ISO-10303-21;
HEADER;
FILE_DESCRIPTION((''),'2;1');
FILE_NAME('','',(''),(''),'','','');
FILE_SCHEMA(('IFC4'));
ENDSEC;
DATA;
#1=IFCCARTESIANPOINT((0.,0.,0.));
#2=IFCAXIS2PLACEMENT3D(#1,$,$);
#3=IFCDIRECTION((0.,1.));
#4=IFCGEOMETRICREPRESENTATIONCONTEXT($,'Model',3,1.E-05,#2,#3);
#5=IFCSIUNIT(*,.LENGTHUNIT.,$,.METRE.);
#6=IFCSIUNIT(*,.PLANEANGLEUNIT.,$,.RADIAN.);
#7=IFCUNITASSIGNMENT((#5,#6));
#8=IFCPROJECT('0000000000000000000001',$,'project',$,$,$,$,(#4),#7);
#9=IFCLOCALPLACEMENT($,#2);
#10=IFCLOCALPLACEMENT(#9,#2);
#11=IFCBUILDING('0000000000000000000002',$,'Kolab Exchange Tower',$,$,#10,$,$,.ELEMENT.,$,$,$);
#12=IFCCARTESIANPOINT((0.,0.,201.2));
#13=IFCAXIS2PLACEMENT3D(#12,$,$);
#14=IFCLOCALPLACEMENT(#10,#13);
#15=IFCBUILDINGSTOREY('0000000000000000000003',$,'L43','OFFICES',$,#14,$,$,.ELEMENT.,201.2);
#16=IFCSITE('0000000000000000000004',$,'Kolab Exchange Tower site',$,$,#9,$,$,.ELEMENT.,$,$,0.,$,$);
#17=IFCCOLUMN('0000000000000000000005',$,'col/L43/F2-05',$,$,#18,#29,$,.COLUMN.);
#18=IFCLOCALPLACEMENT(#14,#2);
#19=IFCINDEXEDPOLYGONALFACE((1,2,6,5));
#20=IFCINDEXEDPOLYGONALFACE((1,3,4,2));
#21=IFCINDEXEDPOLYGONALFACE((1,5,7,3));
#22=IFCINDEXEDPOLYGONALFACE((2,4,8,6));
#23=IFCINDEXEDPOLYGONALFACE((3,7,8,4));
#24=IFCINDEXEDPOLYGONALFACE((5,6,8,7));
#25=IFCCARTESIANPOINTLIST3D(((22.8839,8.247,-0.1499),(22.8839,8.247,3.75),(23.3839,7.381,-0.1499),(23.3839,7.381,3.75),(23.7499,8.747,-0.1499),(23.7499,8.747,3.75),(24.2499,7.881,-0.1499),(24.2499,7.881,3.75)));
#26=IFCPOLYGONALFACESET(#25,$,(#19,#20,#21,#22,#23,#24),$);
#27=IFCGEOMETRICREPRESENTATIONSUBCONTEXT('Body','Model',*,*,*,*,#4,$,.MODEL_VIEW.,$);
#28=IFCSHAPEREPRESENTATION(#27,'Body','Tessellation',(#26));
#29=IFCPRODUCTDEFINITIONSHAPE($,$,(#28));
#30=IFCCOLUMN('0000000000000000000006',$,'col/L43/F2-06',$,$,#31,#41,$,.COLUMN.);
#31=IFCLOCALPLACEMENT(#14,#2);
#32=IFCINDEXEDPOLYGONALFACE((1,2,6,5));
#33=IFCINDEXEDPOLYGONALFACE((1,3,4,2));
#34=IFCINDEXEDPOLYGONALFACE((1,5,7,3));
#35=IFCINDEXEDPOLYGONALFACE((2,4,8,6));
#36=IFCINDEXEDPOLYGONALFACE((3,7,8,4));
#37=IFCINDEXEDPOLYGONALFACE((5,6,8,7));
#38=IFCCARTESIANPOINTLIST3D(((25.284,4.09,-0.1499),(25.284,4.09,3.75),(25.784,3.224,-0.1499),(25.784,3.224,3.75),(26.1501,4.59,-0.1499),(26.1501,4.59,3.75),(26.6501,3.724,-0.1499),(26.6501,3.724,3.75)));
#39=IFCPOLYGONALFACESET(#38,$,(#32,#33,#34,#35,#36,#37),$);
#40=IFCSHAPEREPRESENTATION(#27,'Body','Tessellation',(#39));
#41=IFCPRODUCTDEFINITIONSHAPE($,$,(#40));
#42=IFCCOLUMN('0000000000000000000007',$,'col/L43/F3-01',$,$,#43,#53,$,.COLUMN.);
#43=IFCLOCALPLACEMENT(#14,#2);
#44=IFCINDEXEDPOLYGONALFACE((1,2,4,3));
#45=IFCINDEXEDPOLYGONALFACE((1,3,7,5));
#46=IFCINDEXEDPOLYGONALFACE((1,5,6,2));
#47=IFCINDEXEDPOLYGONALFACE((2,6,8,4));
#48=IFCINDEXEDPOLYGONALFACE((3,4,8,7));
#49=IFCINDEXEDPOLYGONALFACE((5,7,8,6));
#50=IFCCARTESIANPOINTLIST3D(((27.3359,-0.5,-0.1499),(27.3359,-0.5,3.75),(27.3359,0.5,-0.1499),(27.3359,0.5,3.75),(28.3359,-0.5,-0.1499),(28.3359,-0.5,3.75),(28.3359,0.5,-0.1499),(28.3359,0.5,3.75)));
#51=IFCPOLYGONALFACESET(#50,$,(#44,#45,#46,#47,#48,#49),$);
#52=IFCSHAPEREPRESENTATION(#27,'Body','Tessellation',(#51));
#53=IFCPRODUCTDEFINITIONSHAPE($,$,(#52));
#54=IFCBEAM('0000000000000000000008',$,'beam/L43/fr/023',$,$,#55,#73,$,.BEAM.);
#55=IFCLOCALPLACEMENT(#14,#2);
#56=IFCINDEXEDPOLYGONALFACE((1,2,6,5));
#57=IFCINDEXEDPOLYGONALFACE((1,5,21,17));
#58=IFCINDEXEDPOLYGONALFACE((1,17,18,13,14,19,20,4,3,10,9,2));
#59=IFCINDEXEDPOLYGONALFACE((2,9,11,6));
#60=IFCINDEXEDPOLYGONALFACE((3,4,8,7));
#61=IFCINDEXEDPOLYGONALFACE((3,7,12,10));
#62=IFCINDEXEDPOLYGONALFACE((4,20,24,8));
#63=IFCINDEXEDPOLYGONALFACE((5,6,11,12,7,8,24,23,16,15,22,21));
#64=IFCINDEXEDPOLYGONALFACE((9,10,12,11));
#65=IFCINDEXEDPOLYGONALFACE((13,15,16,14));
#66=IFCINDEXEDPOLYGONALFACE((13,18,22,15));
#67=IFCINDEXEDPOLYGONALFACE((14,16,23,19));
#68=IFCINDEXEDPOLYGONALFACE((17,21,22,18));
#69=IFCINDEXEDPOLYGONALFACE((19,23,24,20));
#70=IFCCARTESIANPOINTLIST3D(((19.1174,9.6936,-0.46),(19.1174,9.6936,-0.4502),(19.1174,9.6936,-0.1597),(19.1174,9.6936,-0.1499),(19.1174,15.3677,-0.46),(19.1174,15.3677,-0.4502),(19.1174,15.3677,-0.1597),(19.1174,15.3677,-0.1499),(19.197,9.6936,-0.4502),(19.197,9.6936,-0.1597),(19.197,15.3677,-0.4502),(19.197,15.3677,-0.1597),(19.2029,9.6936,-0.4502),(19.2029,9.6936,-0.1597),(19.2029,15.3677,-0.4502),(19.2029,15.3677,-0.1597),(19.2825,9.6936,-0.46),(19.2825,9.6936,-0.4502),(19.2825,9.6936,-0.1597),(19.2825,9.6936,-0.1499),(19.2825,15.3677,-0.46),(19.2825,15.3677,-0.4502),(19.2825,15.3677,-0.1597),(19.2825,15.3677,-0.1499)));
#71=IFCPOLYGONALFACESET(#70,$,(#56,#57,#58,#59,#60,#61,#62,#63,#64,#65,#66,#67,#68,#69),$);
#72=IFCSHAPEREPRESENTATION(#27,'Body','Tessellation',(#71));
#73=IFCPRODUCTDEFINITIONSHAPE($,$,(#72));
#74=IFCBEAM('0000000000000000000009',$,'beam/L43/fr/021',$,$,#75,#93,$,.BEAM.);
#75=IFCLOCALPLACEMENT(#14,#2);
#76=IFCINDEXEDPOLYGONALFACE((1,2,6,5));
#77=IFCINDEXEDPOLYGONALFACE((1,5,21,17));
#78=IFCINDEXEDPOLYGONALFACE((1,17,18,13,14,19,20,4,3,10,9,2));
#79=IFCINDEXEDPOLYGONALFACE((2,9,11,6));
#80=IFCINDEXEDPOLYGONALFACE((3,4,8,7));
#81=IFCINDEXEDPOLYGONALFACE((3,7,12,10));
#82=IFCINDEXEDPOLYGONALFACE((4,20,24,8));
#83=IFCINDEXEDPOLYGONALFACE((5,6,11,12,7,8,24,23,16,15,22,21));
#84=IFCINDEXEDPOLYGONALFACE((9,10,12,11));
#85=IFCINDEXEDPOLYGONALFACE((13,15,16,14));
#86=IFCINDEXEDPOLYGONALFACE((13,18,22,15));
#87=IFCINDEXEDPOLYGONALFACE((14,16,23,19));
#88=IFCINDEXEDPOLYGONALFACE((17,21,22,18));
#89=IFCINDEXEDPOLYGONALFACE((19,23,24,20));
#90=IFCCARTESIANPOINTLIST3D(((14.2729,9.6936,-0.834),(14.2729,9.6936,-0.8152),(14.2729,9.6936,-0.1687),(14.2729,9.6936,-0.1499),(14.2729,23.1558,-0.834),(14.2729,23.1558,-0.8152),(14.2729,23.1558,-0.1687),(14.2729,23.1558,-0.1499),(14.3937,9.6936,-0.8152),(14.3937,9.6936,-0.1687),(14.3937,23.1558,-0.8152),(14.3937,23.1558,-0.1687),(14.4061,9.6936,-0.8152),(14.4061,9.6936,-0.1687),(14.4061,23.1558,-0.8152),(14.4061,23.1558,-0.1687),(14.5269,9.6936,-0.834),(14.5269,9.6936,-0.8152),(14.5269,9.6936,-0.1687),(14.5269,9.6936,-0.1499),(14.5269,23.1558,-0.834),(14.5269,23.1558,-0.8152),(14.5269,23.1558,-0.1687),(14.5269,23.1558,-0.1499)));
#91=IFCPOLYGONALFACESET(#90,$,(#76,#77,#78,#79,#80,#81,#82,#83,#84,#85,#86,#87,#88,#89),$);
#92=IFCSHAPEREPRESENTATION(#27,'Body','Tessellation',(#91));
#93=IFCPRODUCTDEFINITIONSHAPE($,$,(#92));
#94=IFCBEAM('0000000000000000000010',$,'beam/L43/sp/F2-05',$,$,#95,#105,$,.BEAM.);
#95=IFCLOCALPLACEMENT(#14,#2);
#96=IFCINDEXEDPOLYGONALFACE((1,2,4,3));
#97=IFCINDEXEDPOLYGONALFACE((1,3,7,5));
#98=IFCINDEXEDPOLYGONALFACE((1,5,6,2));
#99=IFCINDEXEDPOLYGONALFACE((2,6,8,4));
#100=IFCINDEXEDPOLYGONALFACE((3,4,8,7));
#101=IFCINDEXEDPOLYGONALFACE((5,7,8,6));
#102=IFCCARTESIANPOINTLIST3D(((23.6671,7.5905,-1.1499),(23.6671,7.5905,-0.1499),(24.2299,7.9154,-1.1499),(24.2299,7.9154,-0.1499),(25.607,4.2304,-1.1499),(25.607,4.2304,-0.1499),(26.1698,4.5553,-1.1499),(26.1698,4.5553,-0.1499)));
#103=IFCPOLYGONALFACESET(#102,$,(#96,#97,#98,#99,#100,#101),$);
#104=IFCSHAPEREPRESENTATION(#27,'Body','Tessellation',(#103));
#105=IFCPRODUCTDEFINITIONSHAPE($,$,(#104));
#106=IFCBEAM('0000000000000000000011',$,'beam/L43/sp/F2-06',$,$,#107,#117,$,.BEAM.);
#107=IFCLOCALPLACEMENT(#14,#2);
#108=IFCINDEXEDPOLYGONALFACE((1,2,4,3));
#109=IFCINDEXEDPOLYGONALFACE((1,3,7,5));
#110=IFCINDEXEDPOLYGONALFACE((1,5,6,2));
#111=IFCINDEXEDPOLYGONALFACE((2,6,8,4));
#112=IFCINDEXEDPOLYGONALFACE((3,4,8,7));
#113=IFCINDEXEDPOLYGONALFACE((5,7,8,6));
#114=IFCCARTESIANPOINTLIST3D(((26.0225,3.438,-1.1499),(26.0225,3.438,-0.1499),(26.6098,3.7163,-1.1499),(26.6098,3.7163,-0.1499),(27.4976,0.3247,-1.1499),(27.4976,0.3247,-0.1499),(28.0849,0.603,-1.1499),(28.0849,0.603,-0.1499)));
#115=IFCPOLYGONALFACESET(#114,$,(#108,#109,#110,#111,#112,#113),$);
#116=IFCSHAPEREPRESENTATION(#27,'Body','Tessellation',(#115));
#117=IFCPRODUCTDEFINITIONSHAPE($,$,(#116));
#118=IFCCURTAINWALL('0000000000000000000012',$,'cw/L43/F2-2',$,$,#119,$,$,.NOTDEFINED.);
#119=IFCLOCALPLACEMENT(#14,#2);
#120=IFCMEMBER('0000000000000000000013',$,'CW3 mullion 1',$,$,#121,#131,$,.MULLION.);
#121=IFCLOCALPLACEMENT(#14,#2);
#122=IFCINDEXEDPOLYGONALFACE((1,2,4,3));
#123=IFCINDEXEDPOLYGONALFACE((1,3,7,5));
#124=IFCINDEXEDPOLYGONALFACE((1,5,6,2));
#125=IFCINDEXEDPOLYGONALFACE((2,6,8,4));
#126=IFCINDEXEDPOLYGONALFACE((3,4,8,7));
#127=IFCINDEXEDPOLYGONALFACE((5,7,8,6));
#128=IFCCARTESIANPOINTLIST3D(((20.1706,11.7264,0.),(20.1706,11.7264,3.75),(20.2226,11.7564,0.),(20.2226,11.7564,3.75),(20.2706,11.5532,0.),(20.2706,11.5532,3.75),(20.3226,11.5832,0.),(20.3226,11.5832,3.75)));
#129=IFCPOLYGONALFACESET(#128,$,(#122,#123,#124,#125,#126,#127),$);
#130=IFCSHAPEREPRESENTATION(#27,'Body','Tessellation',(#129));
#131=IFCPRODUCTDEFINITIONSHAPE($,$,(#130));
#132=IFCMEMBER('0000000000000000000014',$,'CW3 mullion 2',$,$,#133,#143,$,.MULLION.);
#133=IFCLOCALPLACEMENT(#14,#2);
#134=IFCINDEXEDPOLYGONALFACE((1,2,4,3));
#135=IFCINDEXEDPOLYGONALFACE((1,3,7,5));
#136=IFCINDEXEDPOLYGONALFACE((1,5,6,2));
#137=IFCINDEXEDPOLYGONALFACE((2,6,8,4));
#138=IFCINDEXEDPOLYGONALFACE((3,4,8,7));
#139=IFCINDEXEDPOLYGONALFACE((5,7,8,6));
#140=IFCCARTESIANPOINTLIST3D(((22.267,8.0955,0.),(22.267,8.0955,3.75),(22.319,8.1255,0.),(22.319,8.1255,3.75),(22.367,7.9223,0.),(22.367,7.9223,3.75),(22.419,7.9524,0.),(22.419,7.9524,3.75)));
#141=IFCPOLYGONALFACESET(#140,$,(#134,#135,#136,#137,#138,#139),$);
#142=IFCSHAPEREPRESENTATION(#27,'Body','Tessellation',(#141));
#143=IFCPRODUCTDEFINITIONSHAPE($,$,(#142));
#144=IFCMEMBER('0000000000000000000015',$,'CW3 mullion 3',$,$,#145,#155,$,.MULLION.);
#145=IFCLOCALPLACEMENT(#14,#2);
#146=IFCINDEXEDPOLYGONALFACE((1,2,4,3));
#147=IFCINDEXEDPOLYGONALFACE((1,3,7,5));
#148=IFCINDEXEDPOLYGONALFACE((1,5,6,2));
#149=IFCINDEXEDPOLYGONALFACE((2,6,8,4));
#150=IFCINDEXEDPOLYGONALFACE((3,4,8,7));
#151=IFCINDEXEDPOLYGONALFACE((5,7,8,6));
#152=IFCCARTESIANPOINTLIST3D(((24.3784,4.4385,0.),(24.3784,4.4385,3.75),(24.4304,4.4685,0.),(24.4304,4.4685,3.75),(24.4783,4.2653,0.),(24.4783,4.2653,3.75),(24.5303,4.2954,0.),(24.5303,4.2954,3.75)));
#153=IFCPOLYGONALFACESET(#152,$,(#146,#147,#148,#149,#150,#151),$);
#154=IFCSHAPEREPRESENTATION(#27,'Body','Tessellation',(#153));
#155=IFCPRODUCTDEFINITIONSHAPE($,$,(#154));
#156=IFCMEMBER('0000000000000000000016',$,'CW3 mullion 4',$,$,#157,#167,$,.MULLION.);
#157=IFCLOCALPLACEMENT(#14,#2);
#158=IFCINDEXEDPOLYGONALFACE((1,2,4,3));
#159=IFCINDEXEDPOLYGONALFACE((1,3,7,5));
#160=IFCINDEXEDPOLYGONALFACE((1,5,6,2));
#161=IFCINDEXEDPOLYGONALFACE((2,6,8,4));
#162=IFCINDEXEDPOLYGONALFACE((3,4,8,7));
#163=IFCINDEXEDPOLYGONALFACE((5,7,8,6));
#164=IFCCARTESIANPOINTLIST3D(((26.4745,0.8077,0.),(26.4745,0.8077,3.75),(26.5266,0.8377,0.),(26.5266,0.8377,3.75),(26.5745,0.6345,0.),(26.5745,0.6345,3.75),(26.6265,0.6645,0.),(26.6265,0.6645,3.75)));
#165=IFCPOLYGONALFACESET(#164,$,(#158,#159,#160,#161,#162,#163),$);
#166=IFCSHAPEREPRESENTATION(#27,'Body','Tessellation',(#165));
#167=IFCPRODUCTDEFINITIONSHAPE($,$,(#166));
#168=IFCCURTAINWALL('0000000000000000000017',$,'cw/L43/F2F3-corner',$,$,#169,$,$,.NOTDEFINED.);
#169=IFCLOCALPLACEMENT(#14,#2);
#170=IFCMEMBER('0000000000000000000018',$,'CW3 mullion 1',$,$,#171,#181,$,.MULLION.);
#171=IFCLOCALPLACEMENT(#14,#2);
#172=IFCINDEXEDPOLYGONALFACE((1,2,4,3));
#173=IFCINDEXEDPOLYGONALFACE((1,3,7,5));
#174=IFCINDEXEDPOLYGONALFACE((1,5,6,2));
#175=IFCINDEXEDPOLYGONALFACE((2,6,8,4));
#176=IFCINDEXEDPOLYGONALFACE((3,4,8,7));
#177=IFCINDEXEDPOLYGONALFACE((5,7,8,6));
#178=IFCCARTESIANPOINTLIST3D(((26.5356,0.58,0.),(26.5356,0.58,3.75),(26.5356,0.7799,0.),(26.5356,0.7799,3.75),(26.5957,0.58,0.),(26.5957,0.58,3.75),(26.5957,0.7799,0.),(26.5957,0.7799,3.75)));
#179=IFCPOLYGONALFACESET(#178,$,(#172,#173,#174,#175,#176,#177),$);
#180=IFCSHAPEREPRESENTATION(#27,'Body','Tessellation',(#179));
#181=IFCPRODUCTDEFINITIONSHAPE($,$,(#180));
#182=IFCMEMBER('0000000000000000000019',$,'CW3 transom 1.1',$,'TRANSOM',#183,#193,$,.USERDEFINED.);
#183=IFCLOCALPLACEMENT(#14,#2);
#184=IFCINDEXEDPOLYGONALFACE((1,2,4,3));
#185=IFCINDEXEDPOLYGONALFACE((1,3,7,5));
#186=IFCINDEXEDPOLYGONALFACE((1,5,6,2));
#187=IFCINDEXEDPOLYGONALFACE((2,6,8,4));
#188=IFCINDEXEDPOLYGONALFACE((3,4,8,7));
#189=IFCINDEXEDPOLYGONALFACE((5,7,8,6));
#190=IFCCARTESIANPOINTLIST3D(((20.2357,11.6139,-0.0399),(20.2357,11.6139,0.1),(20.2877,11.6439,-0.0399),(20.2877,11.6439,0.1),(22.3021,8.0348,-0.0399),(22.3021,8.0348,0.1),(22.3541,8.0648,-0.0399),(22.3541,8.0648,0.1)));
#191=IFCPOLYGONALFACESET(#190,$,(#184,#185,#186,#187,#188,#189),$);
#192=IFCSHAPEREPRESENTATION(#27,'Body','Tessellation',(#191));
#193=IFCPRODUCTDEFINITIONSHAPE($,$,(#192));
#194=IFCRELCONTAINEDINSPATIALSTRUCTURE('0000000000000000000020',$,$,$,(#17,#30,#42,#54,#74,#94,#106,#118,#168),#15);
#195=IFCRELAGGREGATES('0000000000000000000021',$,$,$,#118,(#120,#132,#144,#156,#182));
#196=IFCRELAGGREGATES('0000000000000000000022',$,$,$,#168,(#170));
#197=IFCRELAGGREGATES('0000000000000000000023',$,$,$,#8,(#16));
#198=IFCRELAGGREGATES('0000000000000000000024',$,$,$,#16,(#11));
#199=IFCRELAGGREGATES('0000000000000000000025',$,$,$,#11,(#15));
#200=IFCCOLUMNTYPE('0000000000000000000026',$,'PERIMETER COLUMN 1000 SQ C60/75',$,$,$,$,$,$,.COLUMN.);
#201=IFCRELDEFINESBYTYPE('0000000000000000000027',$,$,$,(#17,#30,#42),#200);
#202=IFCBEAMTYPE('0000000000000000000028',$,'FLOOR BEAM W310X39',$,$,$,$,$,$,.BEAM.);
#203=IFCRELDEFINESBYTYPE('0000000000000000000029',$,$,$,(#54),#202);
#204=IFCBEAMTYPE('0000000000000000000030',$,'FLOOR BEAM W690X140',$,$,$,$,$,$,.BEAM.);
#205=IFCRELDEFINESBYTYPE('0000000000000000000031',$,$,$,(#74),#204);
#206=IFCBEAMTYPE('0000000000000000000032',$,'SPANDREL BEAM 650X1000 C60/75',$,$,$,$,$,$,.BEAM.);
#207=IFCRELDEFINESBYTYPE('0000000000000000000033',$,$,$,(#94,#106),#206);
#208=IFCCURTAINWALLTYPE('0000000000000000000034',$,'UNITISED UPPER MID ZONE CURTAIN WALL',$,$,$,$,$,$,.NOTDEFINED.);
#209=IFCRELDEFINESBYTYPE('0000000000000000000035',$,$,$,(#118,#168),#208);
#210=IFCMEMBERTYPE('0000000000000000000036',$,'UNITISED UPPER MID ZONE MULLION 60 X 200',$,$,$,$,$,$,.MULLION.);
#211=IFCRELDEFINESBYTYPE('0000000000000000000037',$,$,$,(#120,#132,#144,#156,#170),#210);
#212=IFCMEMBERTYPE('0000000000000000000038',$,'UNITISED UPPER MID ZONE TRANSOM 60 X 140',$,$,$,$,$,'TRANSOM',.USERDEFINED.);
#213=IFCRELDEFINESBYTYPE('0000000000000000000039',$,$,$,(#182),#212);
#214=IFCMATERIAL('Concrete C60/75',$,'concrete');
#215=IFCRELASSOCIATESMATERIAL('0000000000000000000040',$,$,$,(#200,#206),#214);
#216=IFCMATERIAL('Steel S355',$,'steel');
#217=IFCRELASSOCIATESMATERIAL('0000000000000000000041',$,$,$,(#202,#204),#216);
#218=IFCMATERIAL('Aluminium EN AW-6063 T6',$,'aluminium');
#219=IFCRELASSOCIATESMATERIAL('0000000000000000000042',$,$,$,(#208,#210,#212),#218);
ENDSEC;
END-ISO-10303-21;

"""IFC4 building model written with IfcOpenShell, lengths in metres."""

from ifc_helpers import new_model, si_unit, direction, frame, origin, origin_2d, place, context, subcontext, project, spatial, rectangle, i_section, extrude, material, material_profile, profile_set, type_object, element, aggregate, save


model = new_model("IFC4")

# Units and contexts
model_context = context("Model", 3, precision=1e-05, world=origin(), true_north=direction((0.0, 1.0)))
body_context = subcontext(model_context, "Body", "Model", "MODEL_VIEW")
ifc_project = project(units=[si_unit("LENGTHUNIT", "METRE"), si_unit("PLANEANGLEUNIT", "RADIAN")], contexts=[model_context])

# Site, building, storey
site_placement = place(None, origin())
site = spatial("IfcSite", under=ifc_project, at=site_placement, Name="Kolab Exchange Tower site", CompositionType="ELEMENT", RefElevation=0.0)
building_placement = place(site_placement, origin())
building = spatial("IfcBuilding", under=site, at=building_placement, Name="Kolab Exchange Tower", CompositionType="ELEMENT")
storey_placement = place(building_placement, frame((0.0, 0.0, 201.2)))
storey = spatial("IfcBuildingStorey", under=building, at=storey_placement, Name="L43", Description="OFFICES", CompositionType="ELEMENT", Elevation=201.2)

# Columns
ifc_material_1 = material(Name="Concrete C60/75", Category="concrete")
ifc_material_profile_1 = material_profile(ifc_material_1, rectangle(XDim=1.0, YDim=1.0, at=origin_2d()), Name="RC1000")
ifc_profile_set_1 = profile_set([ifc_material_profile_1], Name="Concrete C60/75")
column_type = type_object("IfcColumnType", Name="PERIMETER COLUMN 1000 SQ C60/75", PredefinedType="COLUMN", material=ifc_profile_set_1)
for number, where, z_axis, x_axis, name in (
    (1, (23.5669, 8.064, -0.1499), (0.0, 0.0, 1.0), (0.866025, 0.5, 0.0), "col/L43/F2-05"),
    (2, (25.967, 3.907, -0.1499), (0.0, 0.0, 1.0), (0.866025, 0.5, 0.0), "col/L43/F2-06"),
    (3, (27.8359, 0.0, -0.1499), (0.0, 0.0, 1.0), (1.0, 0.0, 0.0), "col/L43/F3-01"),
):
    element("IfcColumn", number, at=place(storey_placement, frame(where, z_axis=z_axis, x_axis=x_axis)), inside=storey, type_object=column_type, Name=name, PredefinedType="COLUMN", context=body_context, shape_type="SweptSolid", body=[
        extrude(rectangle(XDim=1.0, YDim=1.0, at=origin_2d()), origin(), (0.0, 0.0, 1.0), 3.8999),
    ])

# Beams
ifc_material_2 = material(Name="Steel S355", Category="steel")
ifc_material_profile_2 = material_profile(ifc_material_2, i_section(OverallWidth=0.165, OverallDepth=0.3101, WebThickness=0.0059, FlangeThickness=0.0098, at=origin_2d()), Name="W310X39")
ifc_profile_set_2 = profile_set([ifc_material_profile_2], Name="Steel S355")
beam_type_1 = type_object("IfcBeamType", Name="FLOOR BEAM W310X39", PredefinedType="BEAM", material=ifc_profile_set_2)
beam_1_placement = place(storey_placement, frame((19.2, 9.6936, -0.3049), z_axis=(0.0, 1.0, 0.0), x_axis=(-1.0, 0.0, 0.0)))
element("IfcBeam", 4, at=beam_1_placement, inside=storey, type_object=beam_type_1, Name="beam/L43/fr/023", PredefinedType="BEAM", context=body_context, shape_type="SweptSolid", body=[
    extrude(i_section(OverallWidth=0.165, OverallDepth=0.3101, WebThickness=0.0059, FlangeThickness=0.0098, at=origin_2d()), origin(), (0.0, 0.0, 1.0), 5.6741),
])
ifc_material_profile_3 = material_profile(ifc_material_2, i_section(OverallWidth=0.2539, OverallDepth=0.6841, WebThickness=0.0125, FlangeThickness=0.0188, at=origin_2d()), Name="W690X140")
ifc_profile_set_3 = profile_set([ifc_material_profile_3], Name="Steel S355")
beam_type_2 = type_object("IfcBeamType", Name="FLOOR BEAM W690X140", PredefinedType="BEAM", material=ifc_profile_set_3)
beam_2_placement = place(storey_placement, frame((14.3999, 9.6936, -0.4919), z_axis=(0.0, 1.0, 0.0), x_axis=(-1.0, 0.0, 0.0)))
element("IfcBeam", 5, at=beam_2_placement, inside=storey, type_object=beam_type_2, Name="beam/L43/fr/021", PredefinedType="BEAM", context=body_context, shape_type="SweptSolid", body=[
    extrude(i_section(OverallWidth=0.2539, OverallDepth=0.6841, WebThickness=0.0125, FlangeThickness=0.0188, at=origin_2d()), origin(), (0.0, 0.0, 1.0), 13.4622),
])
ifc_material_profile_4 = material_profile(ifc_material_1, rectangle(XDim=0.6499, YDim=1.0, at=origin_2d()), Name="RC650X1000")
ifc_profile_set_4 = profile_set([ifc_material_profile_4], Name="Concrete C60/75")
beam_type_3 = type_object("IfcBeamType", Name="SPANDREL BEAM 650X1000 C60/75", PredefinedType="BEAM", material=ifc_profile_set_4)
beam_3_placement = place(storey_placement, frame((23.9485, 7.7529, -0.6499), z_axis=(0.499997, -0.866027, 0.0), x_axis=(0.866027, 0.499997, 0.0)))
element("IfcBeam", 6, at=beam_3_placement, inside=storey, type_object=beam_type_3, Name="beam/L43/sp/F2-05", PredefinedType="BEAM", context=body_context, shape_type="SweptSolid", body=[
    extrude(rectangle(XDim=0.6499, YDim=1.0, at=origin_2d()), origin(), (0.0, 0.0, 1.0), 3.8799),
])
beam_4_placement = place(storey_placement, frame((26.3162, 3.5771, -0.6499), z_axis=(0.428178, -0.903695, 0.0), x_axis=(0.903695, 0.428178, 0.0)))
element("IfcBeam", 7, at=beam_4_placement, inside=storey, type_object=beam_type_3, Name="beam/L43/sp/F2-06", PredefinedType="BEAM", context=body_context, shape_type="SweptSolid", body=[
    extrude(rectangle(XDim=0.6499, YDim=1.0, at=origin_2d()), origin(), (0.0, 0.0, 1.0), 3.4451),
])

# Curtain wall, members
ifc_material_3 = material(Name="Aluminium EN AW-6063 T6", Category="aluminium")
curtain_wall_type = type_object("IfcCurtainWallType", Name="UNITISED UPPER MID ZONE CURTAIN WALL", PredefinedType="NOTDEFINED", material=ifc_material_3)
curtain_wall_1_placement = place(storey_placement, origin())
curtain_wall_1 = element("IfcCurtainWall", 8, at=curtain_wall_1_placement, inside=storey, type_object=curtain_wall_type, Name="cw/L43/F2-2", PredefinedType="NOTDEFINED")
ifc_material_profile_5 = material_profile(ifc_material_3, rectangle(XDim=0.0601, YDim=0.2, at=origin_2d()), Name="RECT 60X200")
ifc_profile_set_5 = profile_set([ifc_material_profile_5], Name="Aluminium EN AW-6063 T6")
member_type_1 = type_object("IfcMemberType", Name="UNITISED UPPER MID ZONE MULLION 60 X 200", PredefinedType="MULLION", material=ifc_profile_set_5)
member_1_placement = place(storey_placement, frame((20.2466, 11.6548, 0.0), z_axis=(0.0, 0.0, 1.0), x_axis=(0.866025, 0.5, 0.0)))
member_1 = element("IfcMember", 9, at=member_1_placement, type_object=member_type_1, Name="CW3 mullion 1", PredefinedType="MULLION", context=body_context, shape_type="SweptSolid", body=[
    extrude(rectangle(XDim=0.0601, YDim=0.2, at=origin_2d()), origin(), (0.0, 0.0, 1.0), 3.75),
])
member_2_placement = place(storey_placement, frame((22.343, 8.0239, 0.0), z_axis=(0.0, 0.0, 1.0), x_axis=(0.866025, 0.5, 0.0)))
member_2 = element("IfcMember", 10, at=member_2_placement, type_object=member_type_1, Name="CW3 mullion 2", PredefinedType="MULLION", context=body_context, shape_type="SweptSolid", body=[
    extrude(rectangle(XDim=0.0601, YDim=0.2, at=origin_2d()), origin(), (0.0, 0.0, 1.0), 3.75),
])
member_3_placement = place(storey_placement, frame((24.4543, 4.3669, 0.0), z_axis=(0.0, 0.0, 1.0), x_axis=(0.866025, 0.5, 0.0)))
member_3 = element("IfcMember", 11, at=member_3_placement, type_object=member_type_1, Name="CW3 mullion 3", PredefinedType="MULLION", context=body_context, shape_type="SweptSolid", body=[
    extrude(rectangle(XDim=0.0601, YDim=0.2, at=origin_2d()), origin(), (0.0, 0.0, 1.0), 3.75),
])
member_4_placement = place(storey_placement, frame((26.5505, 0.7361, 0.0), z_axis=(0.0, 0.0, 1.0), x_axis=(0.866025, 0.5, 0.0)))
member_4 = element("IfcMember", 12, at=member_4_placement, type_object=member_type_1, Name="CW3 mullion 4", PredefinedType="MULLION", context=body_context, shape_type="SweptSolid", body=[
    extrude(rectangle(XDim=0.0601, YDim=0.2, at=origin_2d()), origin(), (0.0, 0.0, 1.0), 3.75),
])

# Curtain wall, member
curtain_wall_2_placement = place(storey_placement, origin())
curtain_wall_2 = element("IfcCurtainWall", 13, at=curtain_wall_2_placement, inside=storey, type_object=curtain_wall_type, Name="cw/L43/F2F3-corner", PredefinedType="NOTDEFINED")
member_5_placement = place(storey_placement, frame((26.5657, 0.6799, 0.0), z_axis=(0.0, 0.0, 1.0), x_axis=(1.0, 0.0, 0.0)))
member_5 = element("IfcMember", 14, at=member_5_placement, type_object=member_type_1, Name="CW3 mullion 1", PredefinedType="MULLION", context=body_context, shape_type="SweptSolid", body=[
    extrude(rectangle(XDim=0.0601, YDim=0.2, at=origin_2d()), origin(), (0.0, 0.0, 1.0), 3.75),
])

# Member
ifc_material_profile_6 = material_profile(ifc_material_3, rectangle(XDim=0.0601, YDim=0.1399, at=origin_2d()), Name="RECT 60X140")
ifc_profile_set_6 = profile_set([ifc_material_profile_6], Name="Aluminium EN AW-6063 T6")
member_type_2 = type_object("IfcMemberType", Name="UNITISED UPPER MID ZONE TRANSOM 60 X 140", ElementType="TRANSOM", PredefinedType="USERDEFINED", material=ifc_profile_set_6)
member_6_placement = place(storey_placement, frame((20.2617, 11.6289, 0.03), z_axis=(0.500002, -0.866024, 0.0), x_axis=(0.866024, 0.500002, 0.0)))
member_6 = element("IfcMember", 15, at=member_6_placement, type_object=member_type_2, Name="CW3 transom 1.1", ObjectType="TRANSOM", PredefinedType="USERDEFINED", context=body_context, shape_type="SweptSolid", body=[
    extrude(rectangle(XDim=0.0601, YDim=0.1399, at=origin_2d()), origin(), (0.0, 0.0, 1.0), 4.1328),
])

aggregate(curtain_wall_1, [member_1, member_2, member_3, member_4, member_6])
aggregate(curtain_wall_2, [member_5])

save(model, "model.ifc")
